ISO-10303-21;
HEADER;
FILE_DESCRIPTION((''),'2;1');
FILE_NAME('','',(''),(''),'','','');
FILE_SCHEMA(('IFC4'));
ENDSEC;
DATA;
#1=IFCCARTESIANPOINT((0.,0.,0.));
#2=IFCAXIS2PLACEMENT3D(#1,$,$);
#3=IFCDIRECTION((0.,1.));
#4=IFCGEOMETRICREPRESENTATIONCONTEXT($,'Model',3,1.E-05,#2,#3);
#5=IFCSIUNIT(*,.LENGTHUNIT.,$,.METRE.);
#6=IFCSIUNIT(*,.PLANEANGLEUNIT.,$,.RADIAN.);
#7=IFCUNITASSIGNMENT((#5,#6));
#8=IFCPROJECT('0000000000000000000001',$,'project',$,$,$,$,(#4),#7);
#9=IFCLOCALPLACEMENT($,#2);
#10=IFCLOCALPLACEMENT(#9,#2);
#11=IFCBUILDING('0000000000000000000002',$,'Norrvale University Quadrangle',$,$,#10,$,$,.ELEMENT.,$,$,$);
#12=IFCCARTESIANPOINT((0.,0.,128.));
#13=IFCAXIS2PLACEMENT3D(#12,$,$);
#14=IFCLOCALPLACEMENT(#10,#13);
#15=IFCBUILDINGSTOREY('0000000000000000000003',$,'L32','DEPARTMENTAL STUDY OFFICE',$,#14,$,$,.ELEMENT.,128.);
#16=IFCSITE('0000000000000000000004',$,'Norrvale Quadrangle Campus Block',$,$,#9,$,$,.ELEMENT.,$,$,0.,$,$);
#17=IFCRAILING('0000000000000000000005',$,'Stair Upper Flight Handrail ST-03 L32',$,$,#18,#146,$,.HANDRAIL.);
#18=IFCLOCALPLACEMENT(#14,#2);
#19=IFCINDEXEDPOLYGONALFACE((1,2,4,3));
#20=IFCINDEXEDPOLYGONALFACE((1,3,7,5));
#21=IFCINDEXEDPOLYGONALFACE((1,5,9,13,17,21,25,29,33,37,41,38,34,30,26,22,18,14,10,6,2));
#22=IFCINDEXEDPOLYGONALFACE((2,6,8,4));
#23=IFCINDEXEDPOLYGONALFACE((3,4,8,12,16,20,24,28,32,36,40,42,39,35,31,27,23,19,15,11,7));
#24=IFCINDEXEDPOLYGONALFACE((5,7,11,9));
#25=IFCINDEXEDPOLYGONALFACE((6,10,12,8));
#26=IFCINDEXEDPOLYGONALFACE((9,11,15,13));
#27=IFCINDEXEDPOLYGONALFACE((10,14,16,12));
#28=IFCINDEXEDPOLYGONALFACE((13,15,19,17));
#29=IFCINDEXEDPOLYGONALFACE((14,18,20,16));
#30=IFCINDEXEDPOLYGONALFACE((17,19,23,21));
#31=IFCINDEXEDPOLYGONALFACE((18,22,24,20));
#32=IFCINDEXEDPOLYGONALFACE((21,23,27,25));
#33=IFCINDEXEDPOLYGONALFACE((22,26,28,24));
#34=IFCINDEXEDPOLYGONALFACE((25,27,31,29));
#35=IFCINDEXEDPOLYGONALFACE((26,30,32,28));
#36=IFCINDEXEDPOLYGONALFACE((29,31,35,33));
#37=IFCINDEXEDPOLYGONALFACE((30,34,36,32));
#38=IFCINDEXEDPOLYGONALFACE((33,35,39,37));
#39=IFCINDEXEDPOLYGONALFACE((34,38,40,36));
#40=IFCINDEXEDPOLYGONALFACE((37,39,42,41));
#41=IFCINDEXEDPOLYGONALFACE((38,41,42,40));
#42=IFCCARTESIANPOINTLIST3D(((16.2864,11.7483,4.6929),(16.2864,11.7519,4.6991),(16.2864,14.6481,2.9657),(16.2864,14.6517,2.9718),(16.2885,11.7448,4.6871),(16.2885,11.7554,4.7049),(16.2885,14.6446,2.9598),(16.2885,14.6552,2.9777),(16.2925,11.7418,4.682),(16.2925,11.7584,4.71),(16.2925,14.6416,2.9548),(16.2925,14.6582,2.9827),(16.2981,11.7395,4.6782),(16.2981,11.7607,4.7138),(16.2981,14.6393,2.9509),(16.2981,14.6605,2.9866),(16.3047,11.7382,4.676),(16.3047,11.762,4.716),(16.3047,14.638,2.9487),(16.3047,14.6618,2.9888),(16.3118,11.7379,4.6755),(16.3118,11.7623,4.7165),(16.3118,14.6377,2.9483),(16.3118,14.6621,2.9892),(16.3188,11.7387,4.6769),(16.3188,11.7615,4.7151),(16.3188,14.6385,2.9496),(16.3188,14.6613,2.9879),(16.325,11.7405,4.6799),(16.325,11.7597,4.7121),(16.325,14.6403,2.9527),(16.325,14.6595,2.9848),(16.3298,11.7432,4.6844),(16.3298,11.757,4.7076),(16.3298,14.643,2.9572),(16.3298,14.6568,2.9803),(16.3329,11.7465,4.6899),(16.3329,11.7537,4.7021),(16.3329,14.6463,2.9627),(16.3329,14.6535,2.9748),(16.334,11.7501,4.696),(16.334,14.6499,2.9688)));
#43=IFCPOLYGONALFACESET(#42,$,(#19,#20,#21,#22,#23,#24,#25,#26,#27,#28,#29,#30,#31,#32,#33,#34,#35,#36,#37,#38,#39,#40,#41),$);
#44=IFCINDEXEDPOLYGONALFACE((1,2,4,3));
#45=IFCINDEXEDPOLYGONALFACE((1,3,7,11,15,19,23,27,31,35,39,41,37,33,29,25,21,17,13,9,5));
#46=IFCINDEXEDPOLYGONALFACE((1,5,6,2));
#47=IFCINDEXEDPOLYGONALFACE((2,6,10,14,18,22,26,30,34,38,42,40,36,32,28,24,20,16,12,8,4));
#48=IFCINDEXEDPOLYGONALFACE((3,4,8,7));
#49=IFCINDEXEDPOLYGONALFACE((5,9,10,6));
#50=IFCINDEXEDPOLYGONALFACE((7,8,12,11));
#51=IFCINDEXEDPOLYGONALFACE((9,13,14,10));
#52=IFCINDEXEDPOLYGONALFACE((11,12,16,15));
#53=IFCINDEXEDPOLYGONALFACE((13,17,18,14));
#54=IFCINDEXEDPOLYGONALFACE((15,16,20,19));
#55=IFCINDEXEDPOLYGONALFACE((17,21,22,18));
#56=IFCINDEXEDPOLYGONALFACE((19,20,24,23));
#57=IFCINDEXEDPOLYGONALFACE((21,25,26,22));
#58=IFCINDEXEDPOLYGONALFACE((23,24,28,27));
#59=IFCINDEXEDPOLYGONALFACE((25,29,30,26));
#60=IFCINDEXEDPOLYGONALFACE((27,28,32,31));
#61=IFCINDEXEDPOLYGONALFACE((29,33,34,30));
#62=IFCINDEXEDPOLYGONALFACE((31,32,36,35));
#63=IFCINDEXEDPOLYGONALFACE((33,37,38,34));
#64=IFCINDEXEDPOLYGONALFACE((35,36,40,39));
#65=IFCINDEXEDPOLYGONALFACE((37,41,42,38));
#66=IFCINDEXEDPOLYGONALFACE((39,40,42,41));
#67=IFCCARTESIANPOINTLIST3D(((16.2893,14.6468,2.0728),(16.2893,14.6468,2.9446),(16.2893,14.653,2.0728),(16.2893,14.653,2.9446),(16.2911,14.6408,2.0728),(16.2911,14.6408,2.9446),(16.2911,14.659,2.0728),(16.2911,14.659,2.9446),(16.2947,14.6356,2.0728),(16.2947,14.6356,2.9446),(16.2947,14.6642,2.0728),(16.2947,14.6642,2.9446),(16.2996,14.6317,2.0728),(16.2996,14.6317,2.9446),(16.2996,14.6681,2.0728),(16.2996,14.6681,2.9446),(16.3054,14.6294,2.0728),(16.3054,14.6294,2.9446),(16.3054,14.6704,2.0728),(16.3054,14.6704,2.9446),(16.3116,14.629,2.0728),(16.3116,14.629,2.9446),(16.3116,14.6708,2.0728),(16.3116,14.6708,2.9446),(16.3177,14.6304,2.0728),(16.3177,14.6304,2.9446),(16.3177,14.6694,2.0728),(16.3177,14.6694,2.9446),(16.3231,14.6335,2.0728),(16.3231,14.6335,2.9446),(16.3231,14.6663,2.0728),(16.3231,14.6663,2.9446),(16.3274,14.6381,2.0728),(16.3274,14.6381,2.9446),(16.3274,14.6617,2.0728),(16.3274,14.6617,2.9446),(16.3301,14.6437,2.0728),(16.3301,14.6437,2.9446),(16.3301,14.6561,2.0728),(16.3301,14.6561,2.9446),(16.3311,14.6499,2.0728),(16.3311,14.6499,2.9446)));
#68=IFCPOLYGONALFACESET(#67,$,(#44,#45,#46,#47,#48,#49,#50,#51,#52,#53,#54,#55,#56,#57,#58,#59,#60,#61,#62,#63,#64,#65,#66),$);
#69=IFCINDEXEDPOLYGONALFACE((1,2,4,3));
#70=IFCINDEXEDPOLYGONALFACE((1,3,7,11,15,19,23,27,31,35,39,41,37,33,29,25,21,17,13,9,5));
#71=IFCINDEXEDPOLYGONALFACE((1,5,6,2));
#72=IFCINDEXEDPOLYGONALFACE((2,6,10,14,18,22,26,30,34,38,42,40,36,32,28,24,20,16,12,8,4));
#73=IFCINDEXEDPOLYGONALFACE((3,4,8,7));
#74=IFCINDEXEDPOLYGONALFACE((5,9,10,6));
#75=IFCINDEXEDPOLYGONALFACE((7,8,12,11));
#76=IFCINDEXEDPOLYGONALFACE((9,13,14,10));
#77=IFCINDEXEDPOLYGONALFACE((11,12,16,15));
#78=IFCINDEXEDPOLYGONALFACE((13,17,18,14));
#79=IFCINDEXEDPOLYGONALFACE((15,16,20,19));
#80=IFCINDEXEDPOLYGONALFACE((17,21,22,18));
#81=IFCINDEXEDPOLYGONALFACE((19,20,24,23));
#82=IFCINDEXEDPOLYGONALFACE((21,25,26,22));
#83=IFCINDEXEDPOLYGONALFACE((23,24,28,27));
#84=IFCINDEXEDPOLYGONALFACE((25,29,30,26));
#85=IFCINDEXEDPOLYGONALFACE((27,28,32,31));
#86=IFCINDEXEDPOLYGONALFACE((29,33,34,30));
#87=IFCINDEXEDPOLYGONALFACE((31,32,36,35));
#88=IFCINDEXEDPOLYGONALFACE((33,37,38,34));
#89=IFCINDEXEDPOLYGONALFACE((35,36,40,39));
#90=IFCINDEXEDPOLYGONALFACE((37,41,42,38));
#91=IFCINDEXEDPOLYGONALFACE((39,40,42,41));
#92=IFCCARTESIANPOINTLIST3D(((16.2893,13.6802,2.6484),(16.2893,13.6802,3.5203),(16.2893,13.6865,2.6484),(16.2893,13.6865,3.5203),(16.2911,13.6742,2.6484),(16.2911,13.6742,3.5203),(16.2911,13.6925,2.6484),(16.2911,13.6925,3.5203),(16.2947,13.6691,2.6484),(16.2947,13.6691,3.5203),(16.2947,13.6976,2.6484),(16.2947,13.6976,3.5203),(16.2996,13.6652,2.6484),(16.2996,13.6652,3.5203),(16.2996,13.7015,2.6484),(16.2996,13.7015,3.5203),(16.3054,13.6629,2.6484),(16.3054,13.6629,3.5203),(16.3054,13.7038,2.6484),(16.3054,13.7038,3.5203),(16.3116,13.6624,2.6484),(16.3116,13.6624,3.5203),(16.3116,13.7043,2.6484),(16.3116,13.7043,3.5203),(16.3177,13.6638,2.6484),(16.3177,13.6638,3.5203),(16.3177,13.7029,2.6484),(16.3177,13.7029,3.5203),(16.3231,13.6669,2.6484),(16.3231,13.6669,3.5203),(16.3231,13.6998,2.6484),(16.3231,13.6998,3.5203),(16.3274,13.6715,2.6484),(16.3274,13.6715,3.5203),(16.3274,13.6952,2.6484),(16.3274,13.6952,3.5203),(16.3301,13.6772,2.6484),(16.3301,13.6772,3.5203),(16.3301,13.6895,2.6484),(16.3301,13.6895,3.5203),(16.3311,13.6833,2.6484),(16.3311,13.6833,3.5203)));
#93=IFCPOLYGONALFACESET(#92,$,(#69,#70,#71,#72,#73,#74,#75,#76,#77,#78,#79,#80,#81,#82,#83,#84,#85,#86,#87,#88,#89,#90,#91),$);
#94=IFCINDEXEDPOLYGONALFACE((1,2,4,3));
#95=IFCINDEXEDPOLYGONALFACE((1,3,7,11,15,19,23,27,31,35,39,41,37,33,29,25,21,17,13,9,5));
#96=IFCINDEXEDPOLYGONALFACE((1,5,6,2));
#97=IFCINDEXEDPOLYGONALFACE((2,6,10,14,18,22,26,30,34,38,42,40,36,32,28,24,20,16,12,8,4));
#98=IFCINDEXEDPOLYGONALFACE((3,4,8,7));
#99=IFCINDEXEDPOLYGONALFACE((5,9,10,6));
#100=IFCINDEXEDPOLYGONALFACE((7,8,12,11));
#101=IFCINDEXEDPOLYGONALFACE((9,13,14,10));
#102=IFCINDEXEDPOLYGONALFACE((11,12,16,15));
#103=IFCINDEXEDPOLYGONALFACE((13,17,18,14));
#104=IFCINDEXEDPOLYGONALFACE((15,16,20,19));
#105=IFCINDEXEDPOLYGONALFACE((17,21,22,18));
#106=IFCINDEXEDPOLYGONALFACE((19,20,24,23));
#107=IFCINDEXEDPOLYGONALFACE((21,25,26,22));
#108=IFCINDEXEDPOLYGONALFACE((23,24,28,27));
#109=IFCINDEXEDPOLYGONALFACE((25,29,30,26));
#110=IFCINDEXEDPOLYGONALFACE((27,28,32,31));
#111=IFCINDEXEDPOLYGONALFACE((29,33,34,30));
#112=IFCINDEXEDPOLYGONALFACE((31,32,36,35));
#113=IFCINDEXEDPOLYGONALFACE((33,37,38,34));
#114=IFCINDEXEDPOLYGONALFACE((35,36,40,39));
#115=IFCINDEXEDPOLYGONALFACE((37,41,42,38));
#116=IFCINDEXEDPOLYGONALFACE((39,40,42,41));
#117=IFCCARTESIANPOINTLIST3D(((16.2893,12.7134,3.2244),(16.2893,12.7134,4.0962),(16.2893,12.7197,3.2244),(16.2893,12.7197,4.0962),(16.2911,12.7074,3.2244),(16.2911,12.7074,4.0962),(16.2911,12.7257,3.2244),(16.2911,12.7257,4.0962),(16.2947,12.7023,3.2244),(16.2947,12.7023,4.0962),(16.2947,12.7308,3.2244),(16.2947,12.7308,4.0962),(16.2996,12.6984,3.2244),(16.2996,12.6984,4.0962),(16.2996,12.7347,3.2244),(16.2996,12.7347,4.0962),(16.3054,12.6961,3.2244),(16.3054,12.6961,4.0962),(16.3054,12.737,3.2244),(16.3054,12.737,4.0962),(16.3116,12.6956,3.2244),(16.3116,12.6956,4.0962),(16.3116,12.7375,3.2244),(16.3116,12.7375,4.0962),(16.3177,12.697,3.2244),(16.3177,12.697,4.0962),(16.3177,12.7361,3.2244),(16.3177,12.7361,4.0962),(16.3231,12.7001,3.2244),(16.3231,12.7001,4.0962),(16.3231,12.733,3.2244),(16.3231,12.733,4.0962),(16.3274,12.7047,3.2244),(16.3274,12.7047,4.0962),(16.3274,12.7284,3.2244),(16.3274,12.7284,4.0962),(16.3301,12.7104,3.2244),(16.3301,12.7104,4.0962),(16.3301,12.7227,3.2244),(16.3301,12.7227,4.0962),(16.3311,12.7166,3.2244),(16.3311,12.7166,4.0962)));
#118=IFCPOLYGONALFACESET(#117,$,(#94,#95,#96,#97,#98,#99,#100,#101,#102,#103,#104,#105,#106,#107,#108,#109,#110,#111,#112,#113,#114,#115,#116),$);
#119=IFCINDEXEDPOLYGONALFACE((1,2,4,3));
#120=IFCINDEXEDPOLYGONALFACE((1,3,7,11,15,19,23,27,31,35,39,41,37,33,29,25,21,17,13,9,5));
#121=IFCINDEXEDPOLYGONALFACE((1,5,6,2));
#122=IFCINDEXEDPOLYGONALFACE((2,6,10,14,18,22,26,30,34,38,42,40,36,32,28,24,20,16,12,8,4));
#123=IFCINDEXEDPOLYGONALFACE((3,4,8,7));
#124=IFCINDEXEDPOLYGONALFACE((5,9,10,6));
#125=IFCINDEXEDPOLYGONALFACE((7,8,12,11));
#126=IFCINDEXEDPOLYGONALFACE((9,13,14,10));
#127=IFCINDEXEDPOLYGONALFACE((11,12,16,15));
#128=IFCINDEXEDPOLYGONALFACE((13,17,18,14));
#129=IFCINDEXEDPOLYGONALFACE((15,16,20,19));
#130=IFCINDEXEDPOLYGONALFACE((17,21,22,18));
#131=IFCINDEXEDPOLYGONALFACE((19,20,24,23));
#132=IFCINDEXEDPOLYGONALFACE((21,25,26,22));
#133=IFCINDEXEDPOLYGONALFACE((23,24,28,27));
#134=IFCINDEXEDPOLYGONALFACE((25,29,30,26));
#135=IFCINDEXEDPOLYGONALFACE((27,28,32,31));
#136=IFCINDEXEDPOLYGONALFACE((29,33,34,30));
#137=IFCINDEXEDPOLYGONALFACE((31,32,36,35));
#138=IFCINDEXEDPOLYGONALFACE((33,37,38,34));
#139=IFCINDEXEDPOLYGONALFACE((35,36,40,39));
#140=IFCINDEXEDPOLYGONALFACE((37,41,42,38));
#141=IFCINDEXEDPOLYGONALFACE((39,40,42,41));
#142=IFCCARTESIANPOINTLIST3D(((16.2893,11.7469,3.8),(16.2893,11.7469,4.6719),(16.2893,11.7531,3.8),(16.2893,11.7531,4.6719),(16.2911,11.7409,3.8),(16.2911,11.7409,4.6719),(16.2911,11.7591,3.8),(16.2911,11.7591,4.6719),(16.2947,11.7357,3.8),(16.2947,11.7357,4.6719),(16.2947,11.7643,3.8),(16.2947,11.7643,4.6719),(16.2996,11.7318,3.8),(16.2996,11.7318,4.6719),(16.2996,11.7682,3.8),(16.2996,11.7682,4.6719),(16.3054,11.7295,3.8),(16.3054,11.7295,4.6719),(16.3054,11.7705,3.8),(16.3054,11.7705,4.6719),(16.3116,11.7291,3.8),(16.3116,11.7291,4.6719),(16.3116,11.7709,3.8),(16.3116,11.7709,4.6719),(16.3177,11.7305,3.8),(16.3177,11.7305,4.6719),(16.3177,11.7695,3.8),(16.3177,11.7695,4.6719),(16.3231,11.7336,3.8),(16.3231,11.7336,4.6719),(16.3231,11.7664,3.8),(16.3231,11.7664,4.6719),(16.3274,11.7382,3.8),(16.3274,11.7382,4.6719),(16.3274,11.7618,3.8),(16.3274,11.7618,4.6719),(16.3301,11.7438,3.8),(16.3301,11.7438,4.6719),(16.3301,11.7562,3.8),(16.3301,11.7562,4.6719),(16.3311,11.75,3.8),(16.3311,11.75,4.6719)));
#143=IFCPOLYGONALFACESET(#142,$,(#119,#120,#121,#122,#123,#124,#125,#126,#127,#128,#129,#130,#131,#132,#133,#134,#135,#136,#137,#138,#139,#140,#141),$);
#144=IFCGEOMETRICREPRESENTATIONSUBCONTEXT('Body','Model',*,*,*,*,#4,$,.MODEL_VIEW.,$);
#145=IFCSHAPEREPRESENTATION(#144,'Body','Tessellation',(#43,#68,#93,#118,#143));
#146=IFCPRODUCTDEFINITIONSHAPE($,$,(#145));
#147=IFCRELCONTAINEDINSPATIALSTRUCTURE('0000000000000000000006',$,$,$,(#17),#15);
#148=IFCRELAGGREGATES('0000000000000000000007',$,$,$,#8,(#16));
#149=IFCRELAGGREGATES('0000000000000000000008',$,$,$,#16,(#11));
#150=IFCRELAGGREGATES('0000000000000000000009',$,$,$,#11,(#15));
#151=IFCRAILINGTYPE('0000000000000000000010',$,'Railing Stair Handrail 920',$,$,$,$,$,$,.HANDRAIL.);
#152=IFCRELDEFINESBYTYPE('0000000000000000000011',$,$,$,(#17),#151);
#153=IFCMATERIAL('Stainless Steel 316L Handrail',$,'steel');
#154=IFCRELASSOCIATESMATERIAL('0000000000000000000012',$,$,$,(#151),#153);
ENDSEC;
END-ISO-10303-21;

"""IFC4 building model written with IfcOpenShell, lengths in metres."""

from ifc_helpers import new_model, si_unit, direction, frame, origin, origin_2d, place, context, subcontext, project, spatial, circle, extrude, material, type_object, element, save


model = new_model("IFC4")

# Units and contexts
model_context = context("Model", 3, precision=1e-05, world=origin(), true_north=direction((0.0, 1.0)))
body_context = subcontext(model_context, "Body", "Model", "MODEL_VIEW")
ifc_project = project(units=[si_unit("LENGTHUNIT", "METRE"), si_unit("PLANEANGLEUNIT", "RADIAN")], contexts=[model_context])

# Site, building, storey
site_placement = place(None, origin())
site = spatial("IfcSite", under=ifc_project, at=site_placement, Name="Norrvale Quadrangle Campus Block", CompositionType="ELEMENT", RefElevation=0.0)
building_placement = place(site_placement, origin())
building = spatial("IfcBuilding", under=site, at=building_placement, Name="Norrvale University Quadrangle", CompositionType="ELEMENT")
storey_placement = place(building_placement, frame((0.0, 0.0, 128.0)))
storey = spatial("IfcBuildingStorey", under=building, at=storey_placement, Name="L32", Description="DEPARTMENTAL STUDY OFFICE", CompositionType="ELEMENT", Elevation=128.0)

# Railing
ifc_material_1 = material(Name="Stainless Steel 316L Handrail", Category="steel")
railing_type_1 = type_object("IfcRailingType", Name="Railing Stair Handrail 920", PredefinedType="HANDRAIL", material=ifc_material_1)
railing_1_placement = place(storey_placement, frame((16.3101, 14.6499, 2.0728)))
element("IfcRailing", 1, at=railing_1_placement, inside=storey, type_object=railing_type_1, Name="Stair Upper Flight Handrail ST-03 L32", PredefinedType="HANDRAIL", context=body_context, shape_type="SweptSolid", body=[
    extrude(circle(Radius=0.0239, at=origin_2d()), frame((0.0, 0.0, 0.896), z_axis=(0.0, -0.859141, 0.511738), x_axis=(1.0, 0.0, 0.0)), (0.0, 0.0, 1.0), 3.3752),
    extrude(circle(Radius=0.021, at=origin_2d()), origin(), (0.0, 0.0, 1.0), 0.8718),
    extrude(circle(Radius=0.021, at=origin_2d()), frame((0.0, -0.9666, 0.5757)), (0.0, 0.0, 1.0), 0.8718),
    extrude(circle(Radius=0.021, at=origin_2d()), frame((0.0, -1.9333, 1.1516)), (0.0, 0.0, 1.0), 0.8718),
    extrude(circle(Radius=0.021, at=origin_2d()), frame((0.0, -2.8999, 1.7273)), (0.0, 0.0, 1.0), 0.8718),
])

save(model, "model.ifc")
